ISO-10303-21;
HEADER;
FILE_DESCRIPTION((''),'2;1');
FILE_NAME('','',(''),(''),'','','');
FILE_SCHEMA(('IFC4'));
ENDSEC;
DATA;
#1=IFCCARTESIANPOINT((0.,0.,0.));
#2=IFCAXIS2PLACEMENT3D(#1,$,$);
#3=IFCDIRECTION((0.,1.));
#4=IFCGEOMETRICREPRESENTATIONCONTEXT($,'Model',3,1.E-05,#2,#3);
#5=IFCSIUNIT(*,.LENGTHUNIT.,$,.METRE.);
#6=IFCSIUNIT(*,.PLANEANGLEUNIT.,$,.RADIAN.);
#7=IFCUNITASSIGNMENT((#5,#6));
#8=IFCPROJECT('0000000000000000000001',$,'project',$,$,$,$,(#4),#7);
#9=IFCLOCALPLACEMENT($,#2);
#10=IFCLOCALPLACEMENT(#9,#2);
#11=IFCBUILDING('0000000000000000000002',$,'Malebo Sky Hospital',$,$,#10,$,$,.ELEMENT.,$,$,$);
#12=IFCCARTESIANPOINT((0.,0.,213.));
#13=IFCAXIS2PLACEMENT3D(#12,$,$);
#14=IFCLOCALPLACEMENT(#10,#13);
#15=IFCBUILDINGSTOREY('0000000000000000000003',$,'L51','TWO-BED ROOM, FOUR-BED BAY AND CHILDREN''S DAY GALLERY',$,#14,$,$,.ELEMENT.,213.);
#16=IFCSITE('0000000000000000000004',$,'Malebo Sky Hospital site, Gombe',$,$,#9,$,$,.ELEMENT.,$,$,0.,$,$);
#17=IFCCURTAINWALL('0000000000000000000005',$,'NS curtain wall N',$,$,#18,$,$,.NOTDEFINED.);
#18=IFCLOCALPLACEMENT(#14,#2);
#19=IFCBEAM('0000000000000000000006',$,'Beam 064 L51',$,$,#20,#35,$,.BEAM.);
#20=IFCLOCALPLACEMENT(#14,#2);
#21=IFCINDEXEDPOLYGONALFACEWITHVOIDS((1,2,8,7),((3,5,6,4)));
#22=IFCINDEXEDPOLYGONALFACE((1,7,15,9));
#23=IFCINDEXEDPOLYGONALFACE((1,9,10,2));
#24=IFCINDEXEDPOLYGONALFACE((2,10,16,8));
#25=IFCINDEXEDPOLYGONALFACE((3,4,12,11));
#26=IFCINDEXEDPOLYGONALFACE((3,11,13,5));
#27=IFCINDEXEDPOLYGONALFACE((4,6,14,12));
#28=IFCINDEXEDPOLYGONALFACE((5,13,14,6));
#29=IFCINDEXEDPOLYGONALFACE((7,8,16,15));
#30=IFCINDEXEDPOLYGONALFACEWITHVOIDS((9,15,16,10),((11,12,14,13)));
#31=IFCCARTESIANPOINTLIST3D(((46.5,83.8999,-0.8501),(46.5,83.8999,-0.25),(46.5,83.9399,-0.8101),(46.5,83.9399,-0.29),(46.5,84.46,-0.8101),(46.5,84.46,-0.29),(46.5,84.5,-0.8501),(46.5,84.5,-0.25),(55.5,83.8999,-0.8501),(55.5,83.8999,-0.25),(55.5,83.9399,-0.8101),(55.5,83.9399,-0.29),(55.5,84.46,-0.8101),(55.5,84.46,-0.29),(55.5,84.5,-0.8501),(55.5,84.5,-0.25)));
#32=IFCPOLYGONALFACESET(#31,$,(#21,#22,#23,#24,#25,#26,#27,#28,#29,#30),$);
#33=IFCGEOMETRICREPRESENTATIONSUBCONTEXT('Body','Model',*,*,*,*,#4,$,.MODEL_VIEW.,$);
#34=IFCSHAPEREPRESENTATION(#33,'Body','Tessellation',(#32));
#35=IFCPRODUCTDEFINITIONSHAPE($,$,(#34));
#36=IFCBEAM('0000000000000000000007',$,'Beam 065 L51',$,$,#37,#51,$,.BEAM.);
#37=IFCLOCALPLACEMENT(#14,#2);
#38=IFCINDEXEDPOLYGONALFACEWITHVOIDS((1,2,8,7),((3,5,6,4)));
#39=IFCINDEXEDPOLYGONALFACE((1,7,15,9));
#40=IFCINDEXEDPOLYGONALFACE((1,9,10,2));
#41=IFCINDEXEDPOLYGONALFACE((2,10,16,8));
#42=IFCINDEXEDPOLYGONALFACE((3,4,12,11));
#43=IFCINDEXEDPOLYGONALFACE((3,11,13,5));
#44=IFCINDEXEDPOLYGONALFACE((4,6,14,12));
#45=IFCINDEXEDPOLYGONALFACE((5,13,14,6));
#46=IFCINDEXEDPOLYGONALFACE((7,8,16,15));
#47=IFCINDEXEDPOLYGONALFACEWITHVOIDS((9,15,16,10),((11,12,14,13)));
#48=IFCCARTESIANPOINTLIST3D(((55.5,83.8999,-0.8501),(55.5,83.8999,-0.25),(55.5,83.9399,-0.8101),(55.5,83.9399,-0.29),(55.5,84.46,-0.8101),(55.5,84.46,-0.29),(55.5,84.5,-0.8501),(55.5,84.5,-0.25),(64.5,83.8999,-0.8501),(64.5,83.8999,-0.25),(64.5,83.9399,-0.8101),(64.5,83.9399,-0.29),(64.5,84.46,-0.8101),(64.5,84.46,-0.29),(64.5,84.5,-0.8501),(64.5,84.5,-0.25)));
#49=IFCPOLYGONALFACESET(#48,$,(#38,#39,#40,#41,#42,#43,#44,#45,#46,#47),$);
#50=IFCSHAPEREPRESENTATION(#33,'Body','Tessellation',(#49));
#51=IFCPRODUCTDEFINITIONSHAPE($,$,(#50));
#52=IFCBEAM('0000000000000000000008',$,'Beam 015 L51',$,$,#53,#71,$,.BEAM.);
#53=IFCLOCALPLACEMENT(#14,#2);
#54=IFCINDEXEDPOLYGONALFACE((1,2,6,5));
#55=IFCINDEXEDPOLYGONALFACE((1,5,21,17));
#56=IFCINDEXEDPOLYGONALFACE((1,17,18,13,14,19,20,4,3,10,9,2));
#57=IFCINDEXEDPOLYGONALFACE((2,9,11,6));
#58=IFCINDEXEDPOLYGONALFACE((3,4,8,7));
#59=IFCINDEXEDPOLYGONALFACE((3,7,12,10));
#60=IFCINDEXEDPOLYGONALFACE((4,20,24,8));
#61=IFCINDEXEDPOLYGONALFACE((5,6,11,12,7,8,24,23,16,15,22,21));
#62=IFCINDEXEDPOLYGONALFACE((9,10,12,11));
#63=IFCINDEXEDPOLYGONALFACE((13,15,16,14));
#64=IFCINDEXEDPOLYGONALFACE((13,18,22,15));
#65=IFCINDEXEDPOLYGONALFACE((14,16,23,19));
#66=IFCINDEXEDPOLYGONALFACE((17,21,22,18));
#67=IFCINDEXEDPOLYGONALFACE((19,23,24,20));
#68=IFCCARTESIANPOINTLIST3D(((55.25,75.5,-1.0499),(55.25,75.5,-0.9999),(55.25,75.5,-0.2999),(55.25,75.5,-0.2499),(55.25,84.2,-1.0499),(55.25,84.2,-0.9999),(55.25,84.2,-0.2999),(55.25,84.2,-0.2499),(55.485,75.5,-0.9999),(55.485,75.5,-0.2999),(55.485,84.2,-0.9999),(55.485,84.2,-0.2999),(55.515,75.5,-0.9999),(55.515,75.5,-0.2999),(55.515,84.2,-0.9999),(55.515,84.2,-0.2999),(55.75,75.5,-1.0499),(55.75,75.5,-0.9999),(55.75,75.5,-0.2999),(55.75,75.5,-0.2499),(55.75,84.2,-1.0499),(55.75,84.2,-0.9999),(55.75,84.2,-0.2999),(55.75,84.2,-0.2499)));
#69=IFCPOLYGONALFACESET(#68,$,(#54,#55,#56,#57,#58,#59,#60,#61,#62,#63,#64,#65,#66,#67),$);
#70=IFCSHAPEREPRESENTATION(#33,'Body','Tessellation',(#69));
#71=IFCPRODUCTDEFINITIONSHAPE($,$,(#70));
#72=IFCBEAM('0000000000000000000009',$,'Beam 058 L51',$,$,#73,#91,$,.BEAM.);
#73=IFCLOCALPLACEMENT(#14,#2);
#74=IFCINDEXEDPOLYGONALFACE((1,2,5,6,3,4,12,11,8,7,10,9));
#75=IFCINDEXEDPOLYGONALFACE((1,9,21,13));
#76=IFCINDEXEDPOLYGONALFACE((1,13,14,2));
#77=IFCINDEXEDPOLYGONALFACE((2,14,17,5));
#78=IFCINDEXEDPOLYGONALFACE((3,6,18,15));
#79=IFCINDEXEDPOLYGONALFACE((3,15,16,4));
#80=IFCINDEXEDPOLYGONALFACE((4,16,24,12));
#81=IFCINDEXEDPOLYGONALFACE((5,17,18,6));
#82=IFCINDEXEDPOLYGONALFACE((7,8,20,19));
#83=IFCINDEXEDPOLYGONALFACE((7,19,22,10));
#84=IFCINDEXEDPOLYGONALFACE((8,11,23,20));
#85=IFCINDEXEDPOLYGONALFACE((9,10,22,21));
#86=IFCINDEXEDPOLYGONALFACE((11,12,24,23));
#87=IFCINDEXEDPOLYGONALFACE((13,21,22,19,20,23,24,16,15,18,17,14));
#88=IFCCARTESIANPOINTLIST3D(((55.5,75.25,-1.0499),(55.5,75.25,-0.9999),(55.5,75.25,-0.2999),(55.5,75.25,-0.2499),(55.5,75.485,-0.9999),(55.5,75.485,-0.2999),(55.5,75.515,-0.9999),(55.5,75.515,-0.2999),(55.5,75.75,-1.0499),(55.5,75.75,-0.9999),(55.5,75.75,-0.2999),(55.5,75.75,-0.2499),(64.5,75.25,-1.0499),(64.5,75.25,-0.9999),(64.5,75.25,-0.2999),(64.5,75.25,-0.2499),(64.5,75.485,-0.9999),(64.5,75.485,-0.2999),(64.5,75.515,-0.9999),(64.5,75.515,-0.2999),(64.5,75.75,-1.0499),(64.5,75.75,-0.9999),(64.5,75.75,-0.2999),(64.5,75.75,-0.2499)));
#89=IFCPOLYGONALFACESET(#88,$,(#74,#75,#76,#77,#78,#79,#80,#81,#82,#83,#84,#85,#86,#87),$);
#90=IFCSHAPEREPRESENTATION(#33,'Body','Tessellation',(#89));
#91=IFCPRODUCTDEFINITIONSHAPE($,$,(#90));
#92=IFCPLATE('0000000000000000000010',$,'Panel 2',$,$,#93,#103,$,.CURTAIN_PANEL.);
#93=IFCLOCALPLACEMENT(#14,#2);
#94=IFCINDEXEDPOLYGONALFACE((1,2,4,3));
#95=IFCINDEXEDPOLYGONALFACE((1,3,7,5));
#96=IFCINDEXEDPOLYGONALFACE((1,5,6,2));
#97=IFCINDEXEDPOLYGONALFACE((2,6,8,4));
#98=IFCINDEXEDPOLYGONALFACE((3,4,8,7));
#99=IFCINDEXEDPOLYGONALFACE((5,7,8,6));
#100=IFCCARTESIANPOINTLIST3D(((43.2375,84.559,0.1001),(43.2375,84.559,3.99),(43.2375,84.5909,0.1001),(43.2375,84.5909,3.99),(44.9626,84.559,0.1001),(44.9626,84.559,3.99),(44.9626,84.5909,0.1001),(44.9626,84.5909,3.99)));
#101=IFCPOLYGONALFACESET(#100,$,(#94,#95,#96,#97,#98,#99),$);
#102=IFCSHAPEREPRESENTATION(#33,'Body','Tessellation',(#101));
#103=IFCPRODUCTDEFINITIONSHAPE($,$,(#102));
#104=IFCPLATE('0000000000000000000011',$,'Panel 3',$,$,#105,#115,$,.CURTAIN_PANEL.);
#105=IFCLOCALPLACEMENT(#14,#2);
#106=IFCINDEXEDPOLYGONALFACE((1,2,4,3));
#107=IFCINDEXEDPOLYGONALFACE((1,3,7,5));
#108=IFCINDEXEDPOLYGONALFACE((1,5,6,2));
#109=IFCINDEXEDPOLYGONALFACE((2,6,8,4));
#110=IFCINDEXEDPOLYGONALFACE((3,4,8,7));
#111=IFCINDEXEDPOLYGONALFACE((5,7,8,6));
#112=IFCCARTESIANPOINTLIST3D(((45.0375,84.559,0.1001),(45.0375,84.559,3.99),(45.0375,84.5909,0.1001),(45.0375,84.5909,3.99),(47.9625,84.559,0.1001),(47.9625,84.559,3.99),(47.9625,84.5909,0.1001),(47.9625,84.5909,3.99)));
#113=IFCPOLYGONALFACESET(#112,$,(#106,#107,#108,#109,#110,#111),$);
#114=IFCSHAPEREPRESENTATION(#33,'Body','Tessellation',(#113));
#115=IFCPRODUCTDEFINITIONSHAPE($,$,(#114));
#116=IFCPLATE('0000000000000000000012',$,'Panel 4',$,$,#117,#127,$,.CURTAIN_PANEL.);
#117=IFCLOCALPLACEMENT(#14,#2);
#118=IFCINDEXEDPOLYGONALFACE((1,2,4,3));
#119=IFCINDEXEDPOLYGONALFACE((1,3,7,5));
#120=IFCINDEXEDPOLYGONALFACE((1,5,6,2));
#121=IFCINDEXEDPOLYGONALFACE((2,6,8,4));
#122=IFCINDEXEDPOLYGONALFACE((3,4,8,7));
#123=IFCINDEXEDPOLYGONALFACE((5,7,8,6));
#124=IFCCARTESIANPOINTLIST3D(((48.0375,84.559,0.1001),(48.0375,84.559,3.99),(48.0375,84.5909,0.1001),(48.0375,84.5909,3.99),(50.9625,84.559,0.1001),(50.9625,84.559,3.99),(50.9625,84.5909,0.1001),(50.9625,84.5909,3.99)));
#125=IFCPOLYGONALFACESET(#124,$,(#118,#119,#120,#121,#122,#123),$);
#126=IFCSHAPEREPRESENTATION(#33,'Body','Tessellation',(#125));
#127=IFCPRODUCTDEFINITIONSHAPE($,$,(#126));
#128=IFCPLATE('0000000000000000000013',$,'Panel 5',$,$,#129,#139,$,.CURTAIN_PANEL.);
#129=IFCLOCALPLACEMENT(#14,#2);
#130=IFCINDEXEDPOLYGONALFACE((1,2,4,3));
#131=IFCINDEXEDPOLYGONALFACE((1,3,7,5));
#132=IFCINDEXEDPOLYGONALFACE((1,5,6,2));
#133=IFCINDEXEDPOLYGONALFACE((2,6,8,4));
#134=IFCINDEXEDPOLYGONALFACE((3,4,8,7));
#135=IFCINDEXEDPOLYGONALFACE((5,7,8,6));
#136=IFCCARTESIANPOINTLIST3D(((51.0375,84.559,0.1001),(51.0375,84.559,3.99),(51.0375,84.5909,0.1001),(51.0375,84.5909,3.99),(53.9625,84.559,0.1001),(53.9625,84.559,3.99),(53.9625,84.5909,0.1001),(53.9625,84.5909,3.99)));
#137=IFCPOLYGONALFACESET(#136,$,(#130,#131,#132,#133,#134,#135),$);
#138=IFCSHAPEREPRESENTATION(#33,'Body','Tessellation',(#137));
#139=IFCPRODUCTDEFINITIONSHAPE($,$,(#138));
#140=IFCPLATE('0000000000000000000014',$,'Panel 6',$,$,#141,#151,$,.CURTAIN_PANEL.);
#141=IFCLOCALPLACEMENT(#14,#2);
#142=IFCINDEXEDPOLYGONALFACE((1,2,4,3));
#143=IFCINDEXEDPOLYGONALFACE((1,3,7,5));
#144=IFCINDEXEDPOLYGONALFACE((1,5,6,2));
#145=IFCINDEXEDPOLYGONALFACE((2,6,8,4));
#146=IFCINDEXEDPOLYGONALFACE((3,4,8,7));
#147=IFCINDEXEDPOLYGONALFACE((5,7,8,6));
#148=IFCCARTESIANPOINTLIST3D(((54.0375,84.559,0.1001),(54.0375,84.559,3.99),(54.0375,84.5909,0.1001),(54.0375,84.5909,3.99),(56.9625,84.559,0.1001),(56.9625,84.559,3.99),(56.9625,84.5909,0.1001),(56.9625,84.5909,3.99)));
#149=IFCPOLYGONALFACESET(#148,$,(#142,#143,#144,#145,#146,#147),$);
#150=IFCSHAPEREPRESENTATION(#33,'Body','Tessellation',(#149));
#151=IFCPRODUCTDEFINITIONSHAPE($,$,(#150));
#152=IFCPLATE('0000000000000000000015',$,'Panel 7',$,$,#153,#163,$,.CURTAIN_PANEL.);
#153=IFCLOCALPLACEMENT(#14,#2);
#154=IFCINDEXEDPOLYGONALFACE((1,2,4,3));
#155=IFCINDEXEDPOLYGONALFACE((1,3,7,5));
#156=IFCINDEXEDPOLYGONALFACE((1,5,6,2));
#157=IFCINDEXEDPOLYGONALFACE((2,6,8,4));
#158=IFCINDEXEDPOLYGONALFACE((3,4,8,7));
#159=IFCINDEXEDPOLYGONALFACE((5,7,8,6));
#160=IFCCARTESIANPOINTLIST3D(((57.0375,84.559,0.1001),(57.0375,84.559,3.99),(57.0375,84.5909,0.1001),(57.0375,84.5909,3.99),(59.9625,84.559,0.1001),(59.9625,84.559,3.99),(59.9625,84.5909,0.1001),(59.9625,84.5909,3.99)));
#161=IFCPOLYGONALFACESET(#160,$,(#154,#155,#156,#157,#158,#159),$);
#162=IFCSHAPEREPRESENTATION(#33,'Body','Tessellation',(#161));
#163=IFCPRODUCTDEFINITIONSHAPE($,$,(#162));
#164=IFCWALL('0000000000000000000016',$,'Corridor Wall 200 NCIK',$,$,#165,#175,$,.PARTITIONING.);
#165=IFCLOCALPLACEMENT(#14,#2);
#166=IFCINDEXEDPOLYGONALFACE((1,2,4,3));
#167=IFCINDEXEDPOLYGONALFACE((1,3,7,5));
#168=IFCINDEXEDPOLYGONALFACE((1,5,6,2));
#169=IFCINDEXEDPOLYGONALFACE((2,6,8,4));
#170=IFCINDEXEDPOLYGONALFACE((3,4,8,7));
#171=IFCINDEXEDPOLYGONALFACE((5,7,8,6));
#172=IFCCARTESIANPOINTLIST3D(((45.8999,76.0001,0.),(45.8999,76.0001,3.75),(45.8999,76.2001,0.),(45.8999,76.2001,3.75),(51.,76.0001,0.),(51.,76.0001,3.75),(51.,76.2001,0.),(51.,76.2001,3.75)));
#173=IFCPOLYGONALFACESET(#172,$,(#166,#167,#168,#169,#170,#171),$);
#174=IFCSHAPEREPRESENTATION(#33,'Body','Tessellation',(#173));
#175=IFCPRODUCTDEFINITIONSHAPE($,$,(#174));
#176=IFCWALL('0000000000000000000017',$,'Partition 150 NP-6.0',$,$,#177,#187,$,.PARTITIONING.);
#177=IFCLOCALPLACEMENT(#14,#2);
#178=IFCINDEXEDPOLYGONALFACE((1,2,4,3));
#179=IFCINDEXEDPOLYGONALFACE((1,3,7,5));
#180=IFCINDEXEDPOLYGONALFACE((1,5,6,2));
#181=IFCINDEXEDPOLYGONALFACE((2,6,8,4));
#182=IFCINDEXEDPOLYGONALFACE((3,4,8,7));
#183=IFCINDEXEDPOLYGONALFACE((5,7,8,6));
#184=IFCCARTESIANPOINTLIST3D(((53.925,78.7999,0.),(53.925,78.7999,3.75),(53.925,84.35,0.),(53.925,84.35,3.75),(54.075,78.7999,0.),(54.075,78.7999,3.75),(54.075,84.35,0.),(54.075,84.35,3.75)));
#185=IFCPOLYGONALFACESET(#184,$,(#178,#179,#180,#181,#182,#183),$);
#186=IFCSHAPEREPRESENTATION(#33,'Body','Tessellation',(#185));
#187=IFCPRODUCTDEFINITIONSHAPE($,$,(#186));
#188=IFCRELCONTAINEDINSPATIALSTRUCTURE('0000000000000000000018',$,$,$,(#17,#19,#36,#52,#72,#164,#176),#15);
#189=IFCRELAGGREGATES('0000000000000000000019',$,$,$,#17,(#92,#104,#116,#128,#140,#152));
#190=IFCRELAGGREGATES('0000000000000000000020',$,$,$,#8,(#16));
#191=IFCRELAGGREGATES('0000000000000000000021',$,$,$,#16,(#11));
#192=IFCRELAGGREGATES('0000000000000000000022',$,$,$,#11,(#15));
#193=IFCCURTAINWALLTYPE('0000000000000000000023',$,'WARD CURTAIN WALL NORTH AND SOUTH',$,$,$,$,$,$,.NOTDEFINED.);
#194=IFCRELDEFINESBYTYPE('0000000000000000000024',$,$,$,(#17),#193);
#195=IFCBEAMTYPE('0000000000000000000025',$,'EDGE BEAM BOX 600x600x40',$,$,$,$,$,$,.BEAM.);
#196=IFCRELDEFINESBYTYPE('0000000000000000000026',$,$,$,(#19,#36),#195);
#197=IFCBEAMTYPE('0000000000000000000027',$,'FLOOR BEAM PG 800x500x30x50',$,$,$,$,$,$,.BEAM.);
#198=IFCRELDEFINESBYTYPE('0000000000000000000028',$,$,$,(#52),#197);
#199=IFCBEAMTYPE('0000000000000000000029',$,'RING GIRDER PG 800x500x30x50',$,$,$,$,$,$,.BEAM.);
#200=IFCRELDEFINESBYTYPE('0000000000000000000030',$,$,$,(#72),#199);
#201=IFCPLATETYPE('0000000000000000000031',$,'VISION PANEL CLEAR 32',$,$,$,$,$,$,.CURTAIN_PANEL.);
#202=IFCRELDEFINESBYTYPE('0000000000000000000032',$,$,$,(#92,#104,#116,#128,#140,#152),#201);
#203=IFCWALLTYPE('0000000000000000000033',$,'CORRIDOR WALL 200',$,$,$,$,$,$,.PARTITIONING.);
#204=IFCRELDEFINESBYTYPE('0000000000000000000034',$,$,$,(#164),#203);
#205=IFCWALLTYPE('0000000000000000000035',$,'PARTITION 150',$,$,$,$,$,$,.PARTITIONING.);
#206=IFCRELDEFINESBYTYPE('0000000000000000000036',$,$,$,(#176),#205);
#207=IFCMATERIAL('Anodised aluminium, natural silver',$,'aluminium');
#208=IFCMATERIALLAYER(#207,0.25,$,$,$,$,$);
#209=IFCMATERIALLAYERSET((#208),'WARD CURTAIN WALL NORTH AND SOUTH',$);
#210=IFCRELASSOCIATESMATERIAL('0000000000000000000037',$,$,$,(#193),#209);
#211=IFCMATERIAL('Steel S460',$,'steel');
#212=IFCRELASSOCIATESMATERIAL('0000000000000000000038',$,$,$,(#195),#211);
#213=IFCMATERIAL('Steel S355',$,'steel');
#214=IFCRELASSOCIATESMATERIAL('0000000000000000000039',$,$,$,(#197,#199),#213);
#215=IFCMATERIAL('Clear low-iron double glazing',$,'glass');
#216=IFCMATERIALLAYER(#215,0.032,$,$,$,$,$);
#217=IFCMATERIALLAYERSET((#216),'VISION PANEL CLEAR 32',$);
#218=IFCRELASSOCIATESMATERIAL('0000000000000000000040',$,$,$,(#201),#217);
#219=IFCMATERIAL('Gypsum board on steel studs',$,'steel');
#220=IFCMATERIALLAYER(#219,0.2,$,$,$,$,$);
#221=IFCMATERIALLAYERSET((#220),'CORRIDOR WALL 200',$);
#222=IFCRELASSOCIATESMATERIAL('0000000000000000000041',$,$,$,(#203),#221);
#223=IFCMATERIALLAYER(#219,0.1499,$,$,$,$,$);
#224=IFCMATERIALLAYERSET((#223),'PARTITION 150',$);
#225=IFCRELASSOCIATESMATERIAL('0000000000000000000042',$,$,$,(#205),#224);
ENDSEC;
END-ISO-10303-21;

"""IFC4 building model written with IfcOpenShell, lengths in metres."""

from ifc_helpers import new_model, si_unit, direction, frame, frame_2d, origin, origin_2d, place, context, subcontext, project, spatial, rectangle, hollow_rectangle, i_section, extrude, material, layer, layer_set, material_profile, profile_set, type_object, element, aggregate, save


model = new_model("IFC4")

# Units and contexts
model_context = context("Model", 3, precision=1e-05, world=origin(), true_north=direction((0.0, 1.0)))
body_context = subcontext(model_context, "Body", "Model", "MODEL_VIEW")
ifc_project = project(units=[si_unit("LENGTHUNIT", "METRE"), si_unit("PLANEANGLEUNIT", "RADIAN")], contexts=[model_context])

# Site, building, storey
site_placement = place(None, origin())
site = spatial("IfcSite", under=ifc_project, at=site_placement, Name="Malebo Sky Hospital site, Gombe", CompositionType="ELEMENT", RefElevation=0.0)
building_placement = place(site_placement, origin())
building = spatial("IfcBuilding", under=site, at=building_placement, Name="Malebo Sky Hospital", CompositionType="ELEMENT")
storey_placement = place(building_placement, frame((0.0, 0.0, 213.0)))
storey = spatial("IfcBuildingStorey", under=building, at=storey_placement, Name="L51", Description="TWO-BED ROOM, FOUR-BED BAY AND CHILDREN'S DAY GALLERY", CompositionType="ELEMENT", Elevation=213.0)

# Shared definitions
ifc_material_1 = material(Name="Steel S460", Category="steel")

# Curtain wall
ifc_material_2 = material(Name="Anodised aluminium, natural silver", Category="aluminium")
ifc_layer_1 = layer(ifc_material_2, 0.25)
ifc_layer_set_1 = layer_set([ifc_layer_1], Name="WARD CURTAIN WALL NORTH AND SOUTH")
curtain_wall_type = type_object("IfcCurtainWallType", Name="WARD CURTAIN WALL NORTH AND SOUTH", PredefinedType="NOTDEFINED", material=ifc_layer_set_1)
curtain_wall_placement = place(storey_placement, origin())
curtain_wall = element("IfcCurtainWall", 1, at=curtain_wall_placement, inside=storey, type_object=curtain_wall_type, Name="NS curtain wall N", PredefinedType="NOTDEFINED")

# Beams
ifc_material_profile_1 = material_profile(ifc_material_1, hollow_rectangle(XDim=0.6001, YDim=0.6001, WallThickness=0.04, at=origin_2d()), Name="BOX 600x600x40")
ifc_profile_set_1 = profile_set([ifc_material_profile_1], Name="Steel S460")
beam_type_1 = type_object("IfcBeamType", Name="EDGE BEAM BOX 600x600x40", PredefinedType="BEAM", material=ifc_profile_set_1)
for number, where, z_axis, x_axis, name in (
    (2, (46.5, 84.2, -0.55), (1.0, 0.0, 0.0), (0.0, 1.0, 0.0), "Beam 064 L51"),
    (3, (55.5, 84.2, -0.55), (1.0, 0.0, 0.0), (0.0, 1.0, 0.0), "Beam 065 L51"),
):
    element("IfcBeam", number, at=place(storey_placement, frame(where, z_axis=z_axis, x_axis=x_axis)), inside=storey, type_object=beam_type_1, Name=name, PredefinedType="BEAM", context=body_context, shape_type="SweptSolid", body=[
        extrude(hollow_rectangle(XDim=0.6001, YDim=0.6001, WallThickness=0.04, at=origin_2d()), origin(), (0.0, 0.0, 1.0), 9.0),
    ])
ifc_material_3 = material(Name="Steel S355", Category="steel")
ifc_material_profile_2 = material_profile(ifc_material_3, i_section(OverallWidth=0.5, OverallDepth=0.8, WebThickness=0.03, FlangeThickness=0.05, at=origin_2d()), Name="PG 800x500x30x50")
ifc_profile_set_2 = profile_set([ifc_material_profile_2], Name="Steel S355")
beam_type_2 = type_object("IfcBeamType", Name="FLOOR BEAM PG 800x500x30x50", PredefinedType="BEAM", material=ifc_profile_set_2)
beam_1_placement = place(storey_placement, frame((55.5, 75.5, -0.6499), z_axis=(0.0, 1.0, 0.0), x_axis=(-1.0, 0.0, 0.0)))
element("IfcBeam", 4, at=beam_1_placement, inside=storey, type_object=beam_type_2, Name="Beam 015 L51", PredefinedType="BEAM", context=body_context, shape_type="SweptSolid", body=[
    extrude(i_section(OverallWidth=0.5, OverallDepth=0.8, WebThickness=0.03, FlangeThickness=0.05, at=origin_2d()), origin(), (0.0, 0.0, 1.0), 8.7),
])
ifc_material_profile_3 = material_profile(ifc_material_3, i_section(OverallWidth=0.5, OverallDepth=0.8, WebThickness=0.03, FlangeThickness=0.05, at=origin_2d()), Name="PG 800x500x30x50")
ifc_profile_set_3 = profile_set([ifc_material_profile_3], Name="Steel S355")
beam_type_3 = type_object("IfcBeamType", Name="RING GIRDER PG 800x500x30x50", PredefinedType="BEAM", material=ifc_profile_set_3)
beam_2_placement = place(storey_placement, frame((55.5, 75.5, -0.6499), z_axis=(1.0, 0.0, 0.0), x_axis=(0.0, 1.0, 0.0)))
element("IfcBeam", 5, at=beam_2_placement, inside=storey, type_object=beam_type_3, Name="Beam 058 L51", PredefinedType="BEAM", context=body_context, shape_type="SweptSolid", body=[
    extrude(i_section(OverallWidth=0.5, OverallDepth=0.8, WebThickness=0.03, FlangeThickness=0.05, at=origin_2d()), origin(), (0.0, 0.0, 1.0), 9.0),
])

# Plates
ifc_material_4 = material(Name="Clear low-iron double glazing", Category="glass")
ifc_layer_2 = layer(ifc_material_4, 0.032)
ifc_layer_set_2 = layer_set([ifc_layer_2], Name="VISION PANEL CLEAR 32")
plate_type = type_object("IfcPlateType", Name="VISION PANEL CLEAR 32", PredefinedType="CURTAIN_PANEL", material=ifc_layer_set_2)
plate_1_placement = place(storey_placement, frame((44.1001, 84.575, 0.1001), z_axis=(0.0, 0.0, 1.0), x_axis=(1.0, 0.0, 0.0)))
plate_1 = element("IfcPlate", 6, at=plate_1_placement, type_object=plate_type, Name="Panel 2", PredefinedType="CURTAIN_PANEL", context=body_context, shape_type="SweptSolid", body=[
    extrude(rectangle(XDim=1.7251, YDim=0.032, at=origin_2d()), origin(), (0.0, 0.0, 1.0), 3.8899),
])
plate_2_placement = place(storey_placement, frame((46.5, 84.575, 0.1001), z_axis=(0.0, 0.0, 1.0), x_axis=(1.0, 0.0, 0.0)))
plate_2 = element("IfcPlate", 7, at=plate_2_placement, type_object=plate_type, Name="Panel 3", PredefinedType="CURTAIN_PANEL", context=body_context, shape_type="SweptSolid", body=[
    extrude(rectangle(XDim=2.925, YDim=0.032, at=origin_2d()), origin(), (0.0, 0.0, 1.0), 3.8899),
])
plate_3_placement = place(storey_placement, frame((49.5, 84.575, 0.1001), z_axis=(0.0, 0.0, 1.0), x_axis=(1.0, 0.0, 0.0)))
plate_3 = element("IfcPlate", 8, at=plate_3_placement, type_object=plate_type, Name="Panel 4", PredefinedType="CURTAIN_PANEL", context=body_context, shape_type="SweptSolid", body=[
    extrude(rectangle(XDim=2.925, YDim=0.032, at=origin_2d()), origin(), (0.0, 0.0, 1.0), 3.8899),
])
plate_4_placement = place(storey_placement, frame((52.5, 84.575, 0.1001), z_axis=(0.0, 0.0, 1.0), x_axis=(1.0, 0.0, 0.0)))
plate_4 = element("IfcPlate", 9, at=plate_4_placement, type_object=plate_type, Name="Panel 5", PredefinedType="CURTAIN_PANEL", context=body_context, shape_type="SweptSolid", body=[
    extrude(rectangle(XDim=2.925, YDim=0.032, at=origin_2d()), origin(), (0.0, 0.0, 1.0), 3.8899),
])
plate_5_placement = place(storey_placement, frame((55.5, 84.575, 0.1001), z_axis=(0.0, 0.0, 1.0), x_axis=(1.0, 0.0, 0.0)))
plate_5 = element("IfcPlate", 10, at=plate_5_placement, type_object=plate_type, Name="Panel 6", PredefinedType="CURTAIN_PANEL", context=body_context, shape_type="SweptSolid", body=[
    extrude(rectangle(XDim=2.925, YDim=0.032, at=origin_2d()), origin(), (0.0, 0.0, 1.0), 3.8899),
])
plate_6_placement = place(storey_placement, frame((58.5, 84.575, 0.1001), z_axis=(0.0, 0.0, 1.0), x_axis=(1.0, 0.0, 0.0)))
plate_6 = element("IfcPlate", 11, at=plate_6_placement, type_object=plate_type, Name="Panel 7", PredefinedType="CURTAIN_PANEL", context=body_context, shape_type="SweptSolid", body=[
    extrude(rectangle(XDim=2.925, YDim=0.032, at=origin_2d()), origin(), (0.0, 0.0, 1.0), 3.8899),
])
aggregate(curtain_wall, [plate_1, plate_2, plate_3, plate_4, plate_5, plate_6])

# Walls
ifc_material_5 = material(Name="Gypsum board on steel studs", Category="steel")
ifc_layer_3 = layer(ifc_material_5, 0.2)
ifc_layer_set_3 = layer_set([ifc_layer_3], Name="CORRIDOR WALL 200")
wall_type_1 = type_object("IfcWallType", Name="CORRIDOR WALL 200", PredefinedType="PARTITIONING", material=ifc_layer_set_3)
wall_1_placement = place(storey_placement, frame((45.8999, 76.1001, 0.0), z_axis=(0.0, 0.0, 1.0), x_axis=(1.0, 0.0, 0.0)))
element("IfcWall", 12, at=wall_1_placement, inside=storey, type_object=wall_type_1, Name="Corridor Wall 200 NCIK", PredefinedType="PARTITIONING", context=body_context, shape_type="SweptSolid", body=[
    extrude(rectangle(XDim=5.1001, YDim=0.2, at=frame_2d((2.55, 0.0))), origin(), (0.0, 0.0, 1.0), 3.75),
])
ifc_layer_4 = layer(ifc_material_5, 0.1499)
ifc_layer_set_4 = layer_set([ifc_layer_4], Name="PARTITION 150")
wall_type_2 = type_object("IfcWallType", Name="PARTITION 150", PredefinedType="PARTITIONING", material=ifc_layer_set_4)
wall_2_placement = place(storey_placement, frame((54.0, 78.8, 0.0), z_axis=(0.0, 0.0, 1.0), x_axis=(0.0, 1.0, 0.0)))
element("IfcWall", 13, at=wall_2_placement, inside=storey, type_object=wall_type_2, Name="Partition 150 NP-6.0", PredefinedType="PARTITIONING", context=body_context, shape_type="SweptSolid", body=[
    extrude(rectangle(XDim=5.55, YDim=0.1499, at=frame_2d((2.7749, 0.0))), origin(), (0.0, 0.0, 1.0), 3.75),
])

save(model, "model.ifc")
